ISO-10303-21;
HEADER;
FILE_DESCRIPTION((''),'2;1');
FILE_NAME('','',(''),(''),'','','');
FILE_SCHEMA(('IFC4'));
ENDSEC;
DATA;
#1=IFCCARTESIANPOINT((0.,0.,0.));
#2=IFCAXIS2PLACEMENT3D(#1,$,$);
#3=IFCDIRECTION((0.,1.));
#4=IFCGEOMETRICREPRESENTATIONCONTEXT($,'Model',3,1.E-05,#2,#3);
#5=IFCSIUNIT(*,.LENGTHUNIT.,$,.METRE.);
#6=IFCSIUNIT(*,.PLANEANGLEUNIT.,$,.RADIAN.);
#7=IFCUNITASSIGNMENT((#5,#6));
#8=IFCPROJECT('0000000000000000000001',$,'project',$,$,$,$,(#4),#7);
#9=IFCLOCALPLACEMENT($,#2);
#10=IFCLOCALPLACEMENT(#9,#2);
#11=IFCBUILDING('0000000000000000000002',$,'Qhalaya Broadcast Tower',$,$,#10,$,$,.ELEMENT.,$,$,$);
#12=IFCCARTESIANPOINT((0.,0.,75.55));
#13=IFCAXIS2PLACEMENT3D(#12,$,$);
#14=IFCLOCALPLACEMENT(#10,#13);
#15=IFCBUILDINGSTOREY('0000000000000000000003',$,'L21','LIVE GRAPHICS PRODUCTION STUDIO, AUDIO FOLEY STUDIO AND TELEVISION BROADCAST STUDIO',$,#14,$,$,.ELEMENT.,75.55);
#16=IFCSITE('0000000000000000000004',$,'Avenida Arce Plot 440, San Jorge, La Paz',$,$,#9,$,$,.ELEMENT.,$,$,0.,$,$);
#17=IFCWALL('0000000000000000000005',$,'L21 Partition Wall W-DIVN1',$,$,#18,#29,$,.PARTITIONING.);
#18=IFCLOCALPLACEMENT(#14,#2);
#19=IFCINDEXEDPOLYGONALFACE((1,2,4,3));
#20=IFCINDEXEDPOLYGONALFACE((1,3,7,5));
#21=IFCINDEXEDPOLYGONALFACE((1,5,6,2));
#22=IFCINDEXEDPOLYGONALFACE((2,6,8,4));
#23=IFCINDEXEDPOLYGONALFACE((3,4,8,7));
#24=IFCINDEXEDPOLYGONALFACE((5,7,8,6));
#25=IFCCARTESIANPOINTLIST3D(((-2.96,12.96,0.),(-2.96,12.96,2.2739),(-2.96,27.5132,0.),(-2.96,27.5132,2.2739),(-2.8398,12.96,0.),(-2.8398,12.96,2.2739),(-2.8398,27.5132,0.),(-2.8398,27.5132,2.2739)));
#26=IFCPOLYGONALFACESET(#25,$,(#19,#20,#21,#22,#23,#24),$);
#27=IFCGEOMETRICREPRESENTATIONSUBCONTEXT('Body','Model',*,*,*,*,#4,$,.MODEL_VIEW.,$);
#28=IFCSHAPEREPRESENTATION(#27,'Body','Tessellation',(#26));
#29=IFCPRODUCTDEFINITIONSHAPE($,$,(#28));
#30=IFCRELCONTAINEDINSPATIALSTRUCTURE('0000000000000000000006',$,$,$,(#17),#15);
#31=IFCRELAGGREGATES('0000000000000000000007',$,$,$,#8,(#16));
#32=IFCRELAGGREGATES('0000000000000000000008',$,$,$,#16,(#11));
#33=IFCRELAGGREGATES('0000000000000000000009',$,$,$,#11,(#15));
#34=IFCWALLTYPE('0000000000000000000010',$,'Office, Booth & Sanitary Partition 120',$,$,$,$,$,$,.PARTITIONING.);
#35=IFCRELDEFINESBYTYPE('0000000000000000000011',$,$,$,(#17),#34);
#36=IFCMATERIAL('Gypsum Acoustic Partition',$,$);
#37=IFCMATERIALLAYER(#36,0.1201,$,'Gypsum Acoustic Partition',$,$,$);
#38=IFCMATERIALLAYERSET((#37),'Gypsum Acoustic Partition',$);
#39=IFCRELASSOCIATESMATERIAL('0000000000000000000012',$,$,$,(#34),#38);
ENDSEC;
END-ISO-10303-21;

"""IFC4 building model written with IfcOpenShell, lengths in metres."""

from ifc_helpers import new_model, si_unit, direction, frame, frame_2d, origin, place, context, subcontext, project, spatial, rectangle, extrude, material, layer, layer_set, type_object, element, save


model = new_model("IFC4")

# Units and contexts
model_context = context("Model", 3, precision=1e-05, world=origin(), true_north=direction((0.0, 1.0)))
body_context = subcontext(model_context, "Body", "Model", "MODEL_VIEW")
ifc_project = project(units=[si_unit("LENGTHUNIT", "METRE"), si_unit("PLANEANGLEUNIT", "RADIAN")], contexts=[model_context])

# Site, building, storey
site_placement = place(None, origin())
site = spatial("IfcSite", under=ifc_project, at=site_placement, Name="Avenida Arce Plot 440, San Jorge, La Paz", CompositionType="ELEMENT", RefElevation=0.0)
building_placement = place(site_placement, origin())
building = spatial("IfcBuilding", under=site, at=building_placement, Name="Qhalaya Broadcast Tower", CompositionType="ELEMENT")
storey_placement = place(building_placement, frame((0.0, 0.0, 75.55)))
storey = spatial("IfcBuildingStorey", under=building, at=storey_placement, Name="L21", Description="LIVE GRAPHICS PRODUCTION STUDIO, AUDIO FOLEY STUDIO AND TELEVISION BROADCAST STUDIO", CompositionType="ELEMENT", Elevation=75.55)

# Shared definitions
ifc_material_1 = material(Name="Gypsum Acoustic Partition")

# Wall
ifc_layer_1 = layer(ifc_material_1, 0.1201, Name="Gypsum Acoustic Partition")
ifc_layer_set_1 = layer_set([ifc_layer_1], Name="Gypsum Acoustic Partition")
wall_type_1 = type_object("IfcWallType", Name="Office, Booth & Sanitary Partition 120", PredefinedType="PARTITIONING", material=ifc_layer_set_1)
wall_1_placement = place(storey_placement, frame((-2.8999, 12.96, 0.0), z_axis=(0.0, 0.0, 1.0), x_axis=(0.0, 1.0, 0.0)))
element("IfcWall", 1, at=wall_1_placement, inside=storey, type_object=wall_type_1, Name="L21 Partition Wall W-DIVN1", PredefinedType="PARTITIONING", context=body_context, shape_type="SweptSolid", body=[
    extrude(rectangle(XDim=14.5532, YDim=0.1201, at=frame_2d((7.2766, 0.0))), origin(), (0.0, 0.0, 1.0), 2.2739),
])

save(model, "model.ifc")
